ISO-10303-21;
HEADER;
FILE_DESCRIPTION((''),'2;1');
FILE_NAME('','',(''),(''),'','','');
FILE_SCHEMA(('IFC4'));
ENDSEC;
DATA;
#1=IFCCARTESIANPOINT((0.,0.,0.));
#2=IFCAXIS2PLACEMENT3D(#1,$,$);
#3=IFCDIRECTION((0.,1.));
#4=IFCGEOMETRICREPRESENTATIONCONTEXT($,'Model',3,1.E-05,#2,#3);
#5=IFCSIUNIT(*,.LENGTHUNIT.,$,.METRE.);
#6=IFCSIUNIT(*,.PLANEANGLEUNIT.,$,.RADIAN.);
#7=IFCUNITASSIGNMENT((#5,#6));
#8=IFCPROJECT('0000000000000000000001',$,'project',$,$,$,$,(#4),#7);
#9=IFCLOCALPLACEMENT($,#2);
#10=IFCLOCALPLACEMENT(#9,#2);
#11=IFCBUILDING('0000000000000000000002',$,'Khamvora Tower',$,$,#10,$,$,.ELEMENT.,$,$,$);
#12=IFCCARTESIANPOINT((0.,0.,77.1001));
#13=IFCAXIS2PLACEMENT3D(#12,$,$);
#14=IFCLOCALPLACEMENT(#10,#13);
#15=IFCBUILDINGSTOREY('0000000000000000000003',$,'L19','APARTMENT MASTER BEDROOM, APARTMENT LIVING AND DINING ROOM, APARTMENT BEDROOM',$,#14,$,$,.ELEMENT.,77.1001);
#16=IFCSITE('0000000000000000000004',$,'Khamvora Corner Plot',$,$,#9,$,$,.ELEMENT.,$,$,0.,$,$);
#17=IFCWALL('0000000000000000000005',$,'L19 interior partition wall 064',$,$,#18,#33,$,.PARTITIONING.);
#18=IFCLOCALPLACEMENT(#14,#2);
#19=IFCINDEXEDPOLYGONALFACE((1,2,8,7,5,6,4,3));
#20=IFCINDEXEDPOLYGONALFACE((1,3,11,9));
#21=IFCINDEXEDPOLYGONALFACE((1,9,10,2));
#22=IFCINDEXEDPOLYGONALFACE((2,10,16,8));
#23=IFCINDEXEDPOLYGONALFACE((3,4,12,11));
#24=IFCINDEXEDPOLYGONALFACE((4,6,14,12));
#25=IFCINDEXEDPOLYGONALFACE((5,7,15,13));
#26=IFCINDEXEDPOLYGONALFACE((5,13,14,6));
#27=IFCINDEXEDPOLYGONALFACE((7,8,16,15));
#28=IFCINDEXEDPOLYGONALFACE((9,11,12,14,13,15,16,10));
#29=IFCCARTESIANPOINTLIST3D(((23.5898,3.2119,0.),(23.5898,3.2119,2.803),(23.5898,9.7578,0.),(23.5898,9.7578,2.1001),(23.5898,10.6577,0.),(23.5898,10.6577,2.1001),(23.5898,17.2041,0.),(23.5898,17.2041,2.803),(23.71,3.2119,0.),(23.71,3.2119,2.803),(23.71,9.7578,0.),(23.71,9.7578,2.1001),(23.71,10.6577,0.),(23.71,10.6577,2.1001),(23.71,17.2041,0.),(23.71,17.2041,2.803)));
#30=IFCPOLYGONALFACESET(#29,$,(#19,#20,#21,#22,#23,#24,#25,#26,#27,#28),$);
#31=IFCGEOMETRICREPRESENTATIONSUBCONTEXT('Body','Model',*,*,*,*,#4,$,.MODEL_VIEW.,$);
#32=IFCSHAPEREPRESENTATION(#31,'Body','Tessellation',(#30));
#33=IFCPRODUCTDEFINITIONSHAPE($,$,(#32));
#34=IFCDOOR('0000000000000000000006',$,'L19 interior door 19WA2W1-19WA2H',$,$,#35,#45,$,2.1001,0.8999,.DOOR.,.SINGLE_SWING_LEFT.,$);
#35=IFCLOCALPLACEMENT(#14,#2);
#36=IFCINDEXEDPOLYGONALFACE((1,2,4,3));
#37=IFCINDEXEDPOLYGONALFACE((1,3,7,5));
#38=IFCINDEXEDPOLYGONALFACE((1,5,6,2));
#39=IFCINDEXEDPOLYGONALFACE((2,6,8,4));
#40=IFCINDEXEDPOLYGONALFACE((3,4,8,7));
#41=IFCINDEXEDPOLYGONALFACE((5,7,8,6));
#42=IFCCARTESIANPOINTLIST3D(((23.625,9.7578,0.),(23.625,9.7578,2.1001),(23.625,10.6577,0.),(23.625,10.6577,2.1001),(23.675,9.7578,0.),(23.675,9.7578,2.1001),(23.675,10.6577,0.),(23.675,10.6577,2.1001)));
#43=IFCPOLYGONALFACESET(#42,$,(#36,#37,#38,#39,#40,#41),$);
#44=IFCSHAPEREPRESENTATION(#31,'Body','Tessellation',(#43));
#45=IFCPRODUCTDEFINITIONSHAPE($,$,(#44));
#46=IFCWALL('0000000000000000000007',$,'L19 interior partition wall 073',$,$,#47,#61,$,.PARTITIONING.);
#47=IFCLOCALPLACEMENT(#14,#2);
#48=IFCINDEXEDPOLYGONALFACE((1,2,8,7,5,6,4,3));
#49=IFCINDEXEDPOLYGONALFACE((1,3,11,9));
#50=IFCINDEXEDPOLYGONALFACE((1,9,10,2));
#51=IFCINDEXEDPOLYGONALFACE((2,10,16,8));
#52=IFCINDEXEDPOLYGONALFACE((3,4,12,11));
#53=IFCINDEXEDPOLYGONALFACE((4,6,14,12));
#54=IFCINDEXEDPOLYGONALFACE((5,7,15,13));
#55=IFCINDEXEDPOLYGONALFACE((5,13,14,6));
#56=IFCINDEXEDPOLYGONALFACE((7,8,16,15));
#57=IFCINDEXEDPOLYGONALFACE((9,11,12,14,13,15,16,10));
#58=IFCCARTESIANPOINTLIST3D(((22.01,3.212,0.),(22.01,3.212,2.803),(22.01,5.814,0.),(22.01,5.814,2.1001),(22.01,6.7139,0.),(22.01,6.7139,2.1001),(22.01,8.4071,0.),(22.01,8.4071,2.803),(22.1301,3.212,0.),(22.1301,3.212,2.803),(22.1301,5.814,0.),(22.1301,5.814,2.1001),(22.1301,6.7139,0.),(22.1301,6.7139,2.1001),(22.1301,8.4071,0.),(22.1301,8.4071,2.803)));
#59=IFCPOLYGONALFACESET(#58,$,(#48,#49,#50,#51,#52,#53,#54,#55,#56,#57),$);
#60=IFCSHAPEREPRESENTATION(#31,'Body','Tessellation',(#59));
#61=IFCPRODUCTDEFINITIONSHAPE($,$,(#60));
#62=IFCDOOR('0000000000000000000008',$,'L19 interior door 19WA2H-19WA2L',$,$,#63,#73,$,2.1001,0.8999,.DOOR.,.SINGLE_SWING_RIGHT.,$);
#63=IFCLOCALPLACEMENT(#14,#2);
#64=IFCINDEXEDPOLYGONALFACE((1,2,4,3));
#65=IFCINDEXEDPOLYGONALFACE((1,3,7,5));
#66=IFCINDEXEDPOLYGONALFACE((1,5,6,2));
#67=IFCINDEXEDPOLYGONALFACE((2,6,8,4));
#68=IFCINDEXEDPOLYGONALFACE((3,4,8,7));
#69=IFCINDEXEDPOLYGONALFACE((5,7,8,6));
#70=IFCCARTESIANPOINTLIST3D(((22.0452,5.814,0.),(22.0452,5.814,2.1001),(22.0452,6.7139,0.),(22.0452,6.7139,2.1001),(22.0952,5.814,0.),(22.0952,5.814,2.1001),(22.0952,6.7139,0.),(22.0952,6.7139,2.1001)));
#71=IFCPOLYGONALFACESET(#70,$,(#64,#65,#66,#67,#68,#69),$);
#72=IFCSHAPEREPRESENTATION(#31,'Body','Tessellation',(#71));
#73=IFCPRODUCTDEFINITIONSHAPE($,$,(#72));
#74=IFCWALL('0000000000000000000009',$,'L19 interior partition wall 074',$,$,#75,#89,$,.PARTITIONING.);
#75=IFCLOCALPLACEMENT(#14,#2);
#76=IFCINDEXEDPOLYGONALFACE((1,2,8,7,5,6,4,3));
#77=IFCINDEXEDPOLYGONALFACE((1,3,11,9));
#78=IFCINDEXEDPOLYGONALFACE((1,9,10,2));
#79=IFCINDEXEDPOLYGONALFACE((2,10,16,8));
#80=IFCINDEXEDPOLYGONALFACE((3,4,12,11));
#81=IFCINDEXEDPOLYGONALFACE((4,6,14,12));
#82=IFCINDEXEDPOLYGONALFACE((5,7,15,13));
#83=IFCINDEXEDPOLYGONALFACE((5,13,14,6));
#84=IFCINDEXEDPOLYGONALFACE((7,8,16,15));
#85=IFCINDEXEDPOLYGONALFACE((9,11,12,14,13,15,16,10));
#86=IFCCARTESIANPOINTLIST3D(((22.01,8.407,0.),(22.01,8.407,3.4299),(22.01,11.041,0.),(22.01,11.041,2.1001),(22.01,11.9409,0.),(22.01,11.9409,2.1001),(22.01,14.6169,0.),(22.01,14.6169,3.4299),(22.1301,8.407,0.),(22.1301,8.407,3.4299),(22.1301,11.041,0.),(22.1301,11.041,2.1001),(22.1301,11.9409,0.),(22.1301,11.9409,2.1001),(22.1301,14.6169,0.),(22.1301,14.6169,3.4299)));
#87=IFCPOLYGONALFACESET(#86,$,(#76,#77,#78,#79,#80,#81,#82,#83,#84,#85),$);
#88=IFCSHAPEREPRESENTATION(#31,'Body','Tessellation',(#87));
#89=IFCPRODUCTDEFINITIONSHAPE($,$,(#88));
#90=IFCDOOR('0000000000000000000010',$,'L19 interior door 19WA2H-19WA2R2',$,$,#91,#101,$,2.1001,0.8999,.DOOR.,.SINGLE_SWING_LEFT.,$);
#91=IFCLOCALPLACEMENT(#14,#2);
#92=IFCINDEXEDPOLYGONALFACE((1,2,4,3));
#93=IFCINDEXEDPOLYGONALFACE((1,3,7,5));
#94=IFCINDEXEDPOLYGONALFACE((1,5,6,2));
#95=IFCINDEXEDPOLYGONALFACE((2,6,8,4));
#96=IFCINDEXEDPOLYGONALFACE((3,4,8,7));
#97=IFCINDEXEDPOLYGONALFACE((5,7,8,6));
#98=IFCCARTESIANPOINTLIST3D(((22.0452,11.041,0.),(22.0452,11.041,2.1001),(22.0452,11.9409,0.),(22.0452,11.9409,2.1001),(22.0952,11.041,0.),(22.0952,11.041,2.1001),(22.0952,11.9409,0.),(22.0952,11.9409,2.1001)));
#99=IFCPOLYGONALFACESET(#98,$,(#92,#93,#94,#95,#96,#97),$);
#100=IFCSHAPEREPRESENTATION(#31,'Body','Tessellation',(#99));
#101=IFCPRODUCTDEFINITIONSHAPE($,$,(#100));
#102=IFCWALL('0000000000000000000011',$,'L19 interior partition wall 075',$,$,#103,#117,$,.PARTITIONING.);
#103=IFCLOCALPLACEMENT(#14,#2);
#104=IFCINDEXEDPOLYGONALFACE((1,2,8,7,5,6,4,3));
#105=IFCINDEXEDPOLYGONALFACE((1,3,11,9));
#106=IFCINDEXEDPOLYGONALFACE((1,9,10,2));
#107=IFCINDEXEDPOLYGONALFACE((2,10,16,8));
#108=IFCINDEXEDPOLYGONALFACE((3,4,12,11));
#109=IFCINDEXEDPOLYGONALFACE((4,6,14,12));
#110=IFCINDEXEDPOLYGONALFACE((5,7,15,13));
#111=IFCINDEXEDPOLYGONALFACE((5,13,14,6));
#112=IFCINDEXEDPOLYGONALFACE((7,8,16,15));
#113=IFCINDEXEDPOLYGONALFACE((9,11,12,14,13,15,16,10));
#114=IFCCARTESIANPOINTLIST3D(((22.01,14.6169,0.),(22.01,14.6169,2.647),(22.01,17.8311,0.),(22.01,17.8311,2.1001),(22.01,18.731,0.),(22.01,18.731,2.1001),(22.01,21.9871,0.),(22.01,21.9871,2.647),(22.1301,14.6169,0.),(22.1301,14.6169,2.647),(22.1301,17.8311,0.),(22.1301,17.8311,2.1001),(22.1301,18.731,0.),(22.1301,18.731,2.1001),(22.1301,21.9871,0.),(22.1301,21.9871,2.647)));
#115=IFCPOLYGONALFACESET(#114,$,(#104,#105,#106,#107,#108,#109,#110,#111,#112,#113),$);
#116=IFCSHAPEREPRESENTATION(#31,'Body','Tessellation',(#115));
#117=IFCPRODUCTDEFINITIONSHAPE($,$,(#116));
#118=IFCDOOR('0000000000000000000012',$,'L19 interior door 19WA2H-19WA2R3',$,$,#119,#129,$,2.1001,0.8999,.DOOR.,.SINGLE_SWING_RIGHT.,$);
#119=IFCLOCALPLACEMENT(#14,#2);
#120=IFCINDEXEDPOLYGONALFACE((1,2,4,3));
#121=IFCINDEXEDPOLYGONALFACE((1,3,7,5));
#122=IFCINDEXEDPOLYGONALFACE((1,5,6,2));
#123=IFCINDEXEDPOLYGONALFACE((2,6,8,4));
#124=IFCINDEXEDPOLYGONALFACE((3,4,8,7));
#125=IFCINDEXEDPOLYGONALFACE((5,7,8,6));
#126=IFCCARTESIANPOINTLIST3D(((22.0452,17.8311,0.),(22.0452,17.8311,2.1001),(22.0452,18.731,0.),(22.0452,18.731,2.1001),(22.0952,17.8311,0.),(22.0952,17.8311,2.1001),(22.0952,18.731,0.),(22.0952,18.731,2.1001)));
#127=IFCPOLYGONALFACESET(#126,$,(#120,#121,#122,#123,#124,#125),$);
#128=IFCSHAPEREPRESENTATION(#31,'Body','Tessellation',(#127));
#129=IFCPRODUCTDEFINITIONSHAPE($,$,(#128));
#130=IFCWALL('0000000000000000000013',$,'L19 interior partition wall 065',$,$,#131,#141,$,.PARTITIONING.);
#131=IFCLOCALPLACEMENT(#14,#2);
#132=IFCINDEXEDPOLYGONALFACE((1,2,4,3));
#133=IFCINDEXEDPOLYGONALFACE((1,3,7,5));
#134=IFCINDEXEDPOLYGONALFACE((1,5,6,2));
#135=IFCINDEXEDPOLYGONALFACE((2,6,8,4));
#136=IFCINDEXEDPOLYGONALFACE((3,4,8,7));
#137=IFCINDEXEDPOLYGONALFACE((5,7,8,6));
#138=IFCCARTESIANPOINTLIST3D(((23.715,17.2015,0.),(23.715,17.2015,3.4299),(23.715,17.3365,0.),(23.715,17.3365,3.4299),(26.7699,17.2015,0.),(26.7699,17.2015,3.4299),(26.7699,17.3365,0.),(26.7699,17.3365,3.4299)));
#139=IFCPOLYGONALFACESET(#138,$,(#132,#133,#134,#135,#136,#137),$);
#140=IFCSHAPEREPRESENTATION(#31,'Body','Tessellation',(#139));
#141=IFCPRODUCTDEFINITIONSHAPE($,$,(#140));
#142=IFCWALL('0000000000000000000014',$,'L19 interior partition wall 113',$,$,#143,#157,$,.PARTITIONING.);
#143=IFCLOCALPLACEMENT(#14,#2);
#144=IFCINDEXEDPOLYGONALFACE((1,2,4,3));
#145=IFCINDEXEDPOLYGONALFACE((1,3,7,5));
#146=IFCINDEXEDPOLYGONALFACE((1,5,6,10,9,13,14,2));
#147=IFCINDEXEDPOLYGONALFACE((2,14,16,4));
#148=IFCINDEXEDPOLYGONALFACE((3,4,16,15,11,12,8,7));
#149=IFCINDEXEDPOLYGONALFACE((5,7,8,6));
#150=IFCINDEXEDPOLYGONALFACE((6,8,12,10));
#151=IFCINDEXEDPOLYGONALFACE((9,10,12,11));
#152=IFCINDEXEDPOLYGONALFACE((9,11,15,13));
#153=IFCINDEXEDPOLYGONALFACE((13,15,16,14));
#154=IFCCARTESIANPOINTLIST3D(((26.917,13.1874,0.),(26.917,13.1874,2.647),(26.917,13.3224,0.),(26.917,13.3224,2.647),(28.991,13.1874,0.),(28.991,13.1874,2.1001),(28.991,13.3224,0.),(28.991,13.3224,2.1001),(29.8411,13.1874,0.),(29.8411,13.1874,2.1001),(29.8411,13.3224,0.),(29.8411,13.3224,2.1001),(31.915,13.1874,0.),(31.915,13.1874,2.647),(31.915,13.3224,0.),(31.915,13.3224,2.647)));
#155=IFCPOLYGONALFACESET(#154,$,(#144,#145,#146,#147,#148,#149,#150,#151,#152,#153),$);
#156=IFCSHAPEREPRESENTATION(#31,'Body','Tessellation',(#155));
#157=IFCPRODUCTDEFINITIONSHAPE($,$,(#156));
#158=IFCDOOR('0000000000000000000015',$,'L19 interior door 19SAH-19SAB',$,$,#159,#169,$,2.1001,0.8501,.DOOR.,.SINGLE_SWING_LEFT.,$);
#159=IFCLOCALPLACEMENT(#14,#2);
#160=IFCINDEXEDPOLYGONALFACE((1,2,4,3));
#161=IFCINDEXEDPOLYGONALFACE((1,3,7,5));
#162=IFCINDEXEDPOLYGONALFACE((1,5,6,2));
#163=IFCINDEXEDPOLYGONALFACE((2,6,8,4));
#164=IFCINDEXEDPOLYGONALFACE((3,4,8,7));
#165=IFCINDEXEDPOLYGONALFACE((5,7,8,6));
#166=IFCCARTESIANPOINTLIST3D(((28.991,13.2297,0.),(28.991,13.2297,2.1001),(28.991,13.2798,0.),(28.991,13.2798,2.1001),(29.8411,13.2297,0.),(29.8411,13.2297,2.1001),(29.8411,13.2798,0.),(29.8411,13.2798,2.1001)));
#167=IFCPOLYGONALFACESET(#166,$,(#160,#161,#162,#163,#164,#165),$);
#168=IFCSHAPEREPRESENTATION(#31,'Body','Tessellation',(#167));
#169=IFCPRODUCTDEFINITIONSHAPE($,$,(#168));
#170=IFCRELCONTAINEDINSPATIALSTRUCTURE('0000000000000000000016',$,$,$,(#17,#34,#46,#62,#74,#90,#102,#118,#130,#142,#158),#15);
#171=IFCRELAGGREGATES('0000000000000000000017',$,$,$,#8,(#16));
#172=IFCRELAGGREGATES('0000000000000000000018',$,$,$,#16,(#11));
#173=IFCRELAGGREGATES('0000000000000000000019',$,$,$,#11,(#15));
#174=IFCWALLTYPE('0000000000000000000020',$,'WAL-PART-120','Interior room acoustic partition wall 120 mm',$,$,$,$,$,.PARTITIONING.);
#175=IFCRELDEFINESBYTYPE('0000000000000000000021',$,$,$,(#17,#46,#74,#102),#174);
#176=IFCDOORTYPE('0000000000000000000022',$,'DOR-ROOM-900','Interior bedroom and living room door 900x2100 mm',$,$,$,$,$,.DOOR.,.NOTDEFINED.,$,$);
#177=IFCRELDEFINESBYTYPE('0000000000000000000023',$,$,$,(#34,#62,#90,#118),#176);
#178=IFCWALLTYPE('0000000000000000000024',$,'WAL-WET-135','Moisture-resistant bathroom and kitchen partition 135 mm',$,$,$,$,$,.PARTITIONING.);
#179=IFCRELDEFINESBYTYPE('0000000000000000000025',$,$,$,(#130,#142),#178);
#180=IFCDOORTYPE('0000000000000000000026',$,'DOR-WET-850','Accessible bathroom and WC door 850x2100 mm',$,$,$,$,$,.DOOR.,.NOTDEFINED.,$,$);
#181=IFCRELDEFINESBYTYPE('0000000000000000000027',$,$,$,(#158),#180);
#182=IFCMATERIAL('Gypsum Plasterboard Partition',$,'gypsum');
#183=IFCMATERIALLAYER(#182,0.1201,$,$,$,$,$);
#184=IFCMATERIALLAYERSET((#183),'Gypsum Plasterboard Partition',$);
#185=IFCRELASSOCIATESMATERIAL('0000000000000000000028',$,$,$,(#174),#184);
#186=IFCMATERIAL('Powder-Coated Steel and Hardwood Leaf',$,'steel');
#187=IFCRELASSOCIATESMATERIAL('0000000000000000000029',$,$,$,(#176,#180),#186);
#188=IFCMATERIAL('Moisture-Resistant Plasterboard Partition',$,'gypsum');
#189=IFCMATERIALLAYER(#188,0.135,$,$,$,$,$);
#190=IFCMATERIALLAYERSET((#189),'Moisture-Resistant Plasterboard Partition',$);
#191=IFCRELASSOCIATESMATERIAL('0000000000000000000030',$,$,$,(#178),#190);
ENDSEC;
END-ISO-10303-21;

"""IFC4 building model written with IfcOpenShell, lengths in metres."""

from ifc_helpers import new_model, si_unit, direction, frame, frame_2d, origin, place, context, subcontext, project, spatial, rectangle, extrude, material, layer, layer_set, type_object, element, fill, save


model = new_model("IFC4")

# Units and contexts
model_context = context("Model", 3, precision=1e-05, world=origin(), true_north=direction((0.0, 1.0)))
body_context = subcontext(model_context, "Body", "Model", "MODEL_VIEW")
ifc_project = project(units=[si_unit("LENGTHUNIT", "METRE"), si_unit("PLANEANGLEUNIT", "RADIAN")], contexts=[model_context])

# Site, building, storey
site_placement = place(None, origin())
site = spatial("IfcSite", under=ifc_project, at=site_placement, Name="Khamvora Corner Plot", CompositionType="ELEMENT", RefElevation=0.0)
building_placement = place(site_placement, origin())
building = spatial("IfcBuilding", under=site, at=building_placement, Name="Khamvora Tower", CompositionType="ELEMENT")
storey_placement = place(building_placement, frame((0.0, 0.0, 77.1001)))
storey = spatial("IfcBuildingStorey", under=building, at=storey_placement, Name="L19", Description="APARTMENT MASTER BEDROOM, APARTMENT LIVING AND DINING ROOM, APARTMENT BEDROOM", CompositionType="ELEMENT", Elevation=77.1001)

# Walls, openings, doors
ifc_material_1 = material(Name="Gypsum Plasterboard Partition", Category="gypsum")
ifc_layer_1 = layer(ifc_material_1, 0.1201)
ifc_layer_set_1 = layer_set([ifc_layer_1], Name="Gypsum Plasterboard Partition")
wall_type_1 = type_object("IfcWallType", Name="WAL-PART-120", Description="Interior room acoustic partition wall 120 mm", PredefinedType="PARTITIONING", material=ifc_layer_set_1)
wall_1_placement = place(storey_placement, frame((23.6499, 3.2119, 0.0), z_axis=(0.0, 0.0, 1.0), x_axis=(0.0, 1.0, 0.0)))
wall_1 = element("IfcWall", 1, at=wall_1_placement, inside=storey, type_object=wall_type_1, Name="L19 interior partition wall 064", PredefinedType="PARTITIONING", context=body_context, shape_type="SweptSolid", body=[
    extrude(rectangle(XDim=13.9922, YDim=0.1201, at=frame_2d((6.9961, 0.0))), origin(), (0.0, 0.0, 1.0), 2.803),
])
opening_1_placement = place(wall_1_placement, frame((6.5459, 0.0, 0.0)))
opening_1 = element("IfcOpeningElement", 2, at=opening_1_placement, cuts=wall_1, PredefinedType="OPENING", context=body_context, shape_type="SweptSolid", body=[
    extrude(rectangle(XDim=0.8999, YDim=2.1001, at=frame_2d((0.45, 1.05))), frame((0.0, 0.0701, 0.0), z_axis=(0.0, -1.0, 0.0), x_axis=(1.0, 0.0, 0.0)), (0.0, 0.0, 1.0), 0.1401),
])
ifc_material_2 = material(Name="Powder-Coated Steel and Hardwood Leaf", Category="steel")
door_type_1 = type_object("IfcDoorType", Name="DOR-ROOM-900", Description="Interior bedroom and living room door 900x2100 mm", OperationType="NOTDEFINED", PredefinedType="DOOR", material=ifc_material_2)
door_1_placement = place(opening_1_placement, origin())
door_1 = element("IfcDoor", 3, at=door_1_placement, inside=storey, type_object=door_type_1, Name="L19 interior door 19WA2W1-19WA2H", OperationType="SINGLE_SWING_LEFT", OverallHeight=2.1001, OverallWidth=0.8999, PredefinedType="DOOR", context=body_context, shape_type="SweptSolid", body=[
    extrude(rectangle(XDim=0.8999, YDim=2.1001, at=frame_2d((0.45, 1.05))), frame((0.0, 0.0249, 0.0), z_axis=(0.0, -1.0, 0.0), x_axis=(1.0, 0.0, 0.0)), (0.0, 0.0, 1.0), 0.05),
])
fill(opening_1, door_1)
wall_2_placement = place(storey_placement, frame((22.0701, 3.2119, 0.0), z_axis=(0.0, 0.0, 1.0), x_axis=(0.0, 1.0, 0.0)))
wall_2 = element("IfcWall", 4, at=wall_2_placement, inside=storey, type_object=wall_type_1, Name="L19 interior partition wall 073", PredefinedType="PARTITIONING", context=body_context, shape_type="SweptSolid", body=[
    extrude(rectangle(XDim=5.1951, YDim=0.1201, at=frame_2d((2.5977, 0.0))), origin(), (0.0, 0.0, 1.0), 2.803),
])
opening_2_placement = place(wall_2_placement, frame((2.6021, 0.0, 0.0)))
opening_2 = element("IfcOpeningElement", 5, at=opening_2_placement, cuts=wall_2, PredefinedType="OPENING", context=body_context, shape_type="SweptSolid", body=[
    extrude(rectangle(XDim=0.8999, YDim=2.1001, at=frame_2d((0.45, 1.05))), frame((0.0, 0.0701, 0.0), z_axis=(0.0, -1.0, 0.0), x_axis=(1.0, 0.0, 0.0)), (0.0, 0.0, 1.0), 0.1401),
])
door_2_placement = place(opening_2_placement, origin())
door_2 = element("IfcDoor", 6, at=door_2_placement, inside=storey, type_object=door_type_1, Name="L19 interior door 19WA2H-19WA2L", OperationType="SINGLE_SWING_RIGHT", OverallHeight=2.1001, OverallWidth=0.8999, PredefinedType="DOOR", context=body_context, shape_type="SweptSolid", body=[
    extrude(rectangle(XDim=0.8999, YDim=2.1001, at=frame_2d((0.45, 1.05))), frame((0.0, 0.0249, 0.0), z_axis=(0.0, -1.0, 0.0), x_axis=(1.0, 0.0, 0.0)), (0.0, 0.0, 1.0), 0.05),
])
fill(opening_2, door_2)
wall_3_placement = place(storey_placement, frame((22.0701, 8.407, 0.0), z_axis=(0.0, 0.0, 1.0), x_axis=(0.0, 1.0, 0.0)))
wall_3 = element("IfcWall", 7, at=wall_3_placement, inside=storey, type_object=wall_type_1, Name="L19 interior partition wall 074", PredefinedType="PARTITIONING", context=body_context, shape_type="SweptSolid", body=[
    extrude(rectangle(XDim=6.21, YDim=0.1201, at=frame_2d((3.105, 0.0))), origin(), (0.0, 0.0, 1.0), 3.4299),
])
opening_3_placement = place(wall_3_placement, frame((2.634, 0.0, 0.0)))
opening_3 = element("IfcOpeningElement", 8, at=opening_3_placement, cuts=wall_3, PredefinedType="OPENING", context=body_context, shape_type="SweptSolid", body=[
    extrude(rectangle(XDim=0.8999, YDim=2.1001, at=frame_2d((0.45, 1.05))), frame((0.0, 0.0701, 0.0), z_axis=(0.0, -1.0, 0.0), x_axis=(1.0, 0.0, 0.0)), (0.0, 0.0, 1.0), 0.1401),
])
door_3_placement = place(opening_3_placement, origin())
door_3 = element("IfcDoor", 9, at=door_3_placement, inside=storey, type_object=door_type_1, Name="L19 interior door 19WA2H-19WA2R2", OperationType="SINGLE_SWING_LEFT", OverallHeight=2.1001, OverallWidth=0.8999, PredefinedType="DOOR", context=body_context, shape_type="SweptSolid", body=[
    extrude(rectangle(XDim=0.8999, YDim=2.1001, at=frame_2d((0.45, 1.05))), frame((0.0, 0.0249, 0.0), z_axis=(0.0, -1.0, 0.0), x_axis=(1.0, 0.0, 0.0)), (0.0, 0.0, 1.0), 0.05),
])
fill(opening_3, door_3)
wall_4_placement = place(storey_placement, frame((22.0701, 14.6169, 0.0), z_axis=(0.0, 0.0, 1.0), x_axis=(0.0, 1.0, 0.0)))
wall_4 = element("IfcWall", 10, at=wall_4_placement, inside=storey, type_object=wall_type_1, Name="L19 interior partition wall 075", PredefinedType="PARTITIONING", context=body_context, shape_type="SweptSolid", body=[
    extrude(rectangle(XDim=7.3701, YDim=0.1201, at=frame_2d((3.6851, 0.0))), origin(), (0.0, 0.0, 1.0), 2.647),
])
opening_4_placement = place(wall_4_placement, frame((3.2141, 0.0, 0.0)))
opening_4 = element("IfcOpeningElement", 11, at=opening_4_placement, cuts=wall_4, PredefinedType="OPENING", context=body_context, shape_type="SweptSolid", body=[
    extrude(rectangle(XDim=0.8999, YDim=2.1001, at=frame_2d((0.45, 1.05))), frame((0.0, 0.0701, 0.0), z_axis=(0.0, -1.0, 0.0), x_axis=(1.0, 0.0, 0.0)), (0.0, 0.0, 1.0), 0.1401),
])
door_4_placement = place(opening_4_placement, origin())
door_4 = element("IfcDoor", 12, at=door_4_placement, inside=storey, type_object=door_type_1, Name="L19 interior door 19WA2H-19WA2R3", OperationType="SINGLE_SWING_RIGHT", OverallHeight=2.1001, OverallWidth=0.8999, PredefinedType="DOOR", context=body_context, shape_type="SweptSolid", body=[
    extrude(rectangle(XDim=0.8999, YDim=2.1001, at=frame_2d((0.45, 1.05))), frame((0.0, 0.0249, 0.0), z_axis=(0.0, -1.0, 0.0), x_axis=(1.0, 0.0, 0.0)), (0.0, 0.0, 1.0), 0.05),
])
fill(opening_4, door_4)

# Wall
ifc_material_3 = material(Name="Moisture-Resistant Plasterboard Partition", Category="gypsum")
ifc_layer_2 = layer(ifc_material_3, 0.135)
ifc_layer_set_2 = layer_set([ifc_layer_2], Name="Moisture-Resistant Plasterboard Partition")
wall_type_2 = type_object("IfcWallType", Name="WAL-WET-135", Description="Moisture-resistant bathroom and kitchen partition 135 mm", PredefinedType="PARTITIONING", material=ifc_layer_set_2)
wall_5_placement = place(storey_placement, frame((23.7151, 17.269, 0.0), z_axis=(0.0, 0.0, 1.0), x_axis=(1.0, 0.0, 0.0)))
element("IfcWall", 13, at=wall_5_placement, inside=storey, type_object=wall_type_2, Name="L19 interior partition wall 065", PredefinedType="PARTITIONING", context=body_context, shape_type="SweptSolid", body=[
    extrude(rectangle(XDim=3.0549, YDim=0.135, at=frame_2d((1.5273, 0.0))), origin(), (0.0, 0.0, 1.0), 3.4299),
])

# Wall, opening, door
wall_6_placement = place(storey_placement, frame((26.917, 13.2549, 0.0), z_axis=(0.0, 0.0, 1.0), x_axis=(1.0, 0.0, 0.0)))
wall_6 = element("IfcWall", 14, at=wall_6_placement, inside=storey, type_object=wall_type_2, Name="L19 interior partition wall 113", PredefinedType="PARTITIONING", context=body_context, shape_type="SweptSolid", body=[
    extrude(rectangle(XDim=4.998, YDim=0.135, at=frame_2d((2.499, 0.0))), origin(), (0.0, 0.0, 1.0), 2.647),
])
opening_5_placement = place(wall_6_placement, frame((2.074, 0.0, 0.0)))
opening_5 = element("IfcOpeningElement", 15, at=opening_5_placement, cuts=wall_6, PredefinedType="OPENING", context=body_context, shape_type="SweptSolid", body=[
    extrude(rectangle(XDim=0.8501, YDim=2.1001, at=frame_2d((0.425, 1.05))), frame((0.0, 0.0774, 0.0), z_axis=(0.0, -1.0, 0.0), x_axis=(1.0, 0.0, 0.0)), (0.0, 0.0, 1.0), 0.155),
])
door_type_2 = type_object("IfcDoorType", Name="DOR-WET-850", Description="Accessible bathroom and WC door 850x2100 mm", OperationType="NOTDEFINED", PredefinedType="DOOR", material=ifc_material_2)
door_5_placement = place(opening_5_placement, origin())
door_5 = element("IfcDoor", 16, at=door_5_placement, inside=storey, type_object=door_type_2, Name="L19 interior door 19SAH-19SAB", OperationType="SINGLE_SWING_LEFT", OverallHeight=2.1001, OverallWidth=0.8501, PredefinedType="DOOR", context=body_context, shape_type="SweptSolid", body=[
    extrude(rectangle(XDim=0.8501, YDim=2.1001, at=frame_2d((0.425, 1.05))), frame((0.0, 0.0249, 0.0), z_axis=(0.0, -1.0, 0.0), x_axis=(1.0, 0.0, 0.0)), (0.0, 0.0, 1.0), 0.05),
])
fill(opening_5, door_5)

save(model, "model.ifc")
